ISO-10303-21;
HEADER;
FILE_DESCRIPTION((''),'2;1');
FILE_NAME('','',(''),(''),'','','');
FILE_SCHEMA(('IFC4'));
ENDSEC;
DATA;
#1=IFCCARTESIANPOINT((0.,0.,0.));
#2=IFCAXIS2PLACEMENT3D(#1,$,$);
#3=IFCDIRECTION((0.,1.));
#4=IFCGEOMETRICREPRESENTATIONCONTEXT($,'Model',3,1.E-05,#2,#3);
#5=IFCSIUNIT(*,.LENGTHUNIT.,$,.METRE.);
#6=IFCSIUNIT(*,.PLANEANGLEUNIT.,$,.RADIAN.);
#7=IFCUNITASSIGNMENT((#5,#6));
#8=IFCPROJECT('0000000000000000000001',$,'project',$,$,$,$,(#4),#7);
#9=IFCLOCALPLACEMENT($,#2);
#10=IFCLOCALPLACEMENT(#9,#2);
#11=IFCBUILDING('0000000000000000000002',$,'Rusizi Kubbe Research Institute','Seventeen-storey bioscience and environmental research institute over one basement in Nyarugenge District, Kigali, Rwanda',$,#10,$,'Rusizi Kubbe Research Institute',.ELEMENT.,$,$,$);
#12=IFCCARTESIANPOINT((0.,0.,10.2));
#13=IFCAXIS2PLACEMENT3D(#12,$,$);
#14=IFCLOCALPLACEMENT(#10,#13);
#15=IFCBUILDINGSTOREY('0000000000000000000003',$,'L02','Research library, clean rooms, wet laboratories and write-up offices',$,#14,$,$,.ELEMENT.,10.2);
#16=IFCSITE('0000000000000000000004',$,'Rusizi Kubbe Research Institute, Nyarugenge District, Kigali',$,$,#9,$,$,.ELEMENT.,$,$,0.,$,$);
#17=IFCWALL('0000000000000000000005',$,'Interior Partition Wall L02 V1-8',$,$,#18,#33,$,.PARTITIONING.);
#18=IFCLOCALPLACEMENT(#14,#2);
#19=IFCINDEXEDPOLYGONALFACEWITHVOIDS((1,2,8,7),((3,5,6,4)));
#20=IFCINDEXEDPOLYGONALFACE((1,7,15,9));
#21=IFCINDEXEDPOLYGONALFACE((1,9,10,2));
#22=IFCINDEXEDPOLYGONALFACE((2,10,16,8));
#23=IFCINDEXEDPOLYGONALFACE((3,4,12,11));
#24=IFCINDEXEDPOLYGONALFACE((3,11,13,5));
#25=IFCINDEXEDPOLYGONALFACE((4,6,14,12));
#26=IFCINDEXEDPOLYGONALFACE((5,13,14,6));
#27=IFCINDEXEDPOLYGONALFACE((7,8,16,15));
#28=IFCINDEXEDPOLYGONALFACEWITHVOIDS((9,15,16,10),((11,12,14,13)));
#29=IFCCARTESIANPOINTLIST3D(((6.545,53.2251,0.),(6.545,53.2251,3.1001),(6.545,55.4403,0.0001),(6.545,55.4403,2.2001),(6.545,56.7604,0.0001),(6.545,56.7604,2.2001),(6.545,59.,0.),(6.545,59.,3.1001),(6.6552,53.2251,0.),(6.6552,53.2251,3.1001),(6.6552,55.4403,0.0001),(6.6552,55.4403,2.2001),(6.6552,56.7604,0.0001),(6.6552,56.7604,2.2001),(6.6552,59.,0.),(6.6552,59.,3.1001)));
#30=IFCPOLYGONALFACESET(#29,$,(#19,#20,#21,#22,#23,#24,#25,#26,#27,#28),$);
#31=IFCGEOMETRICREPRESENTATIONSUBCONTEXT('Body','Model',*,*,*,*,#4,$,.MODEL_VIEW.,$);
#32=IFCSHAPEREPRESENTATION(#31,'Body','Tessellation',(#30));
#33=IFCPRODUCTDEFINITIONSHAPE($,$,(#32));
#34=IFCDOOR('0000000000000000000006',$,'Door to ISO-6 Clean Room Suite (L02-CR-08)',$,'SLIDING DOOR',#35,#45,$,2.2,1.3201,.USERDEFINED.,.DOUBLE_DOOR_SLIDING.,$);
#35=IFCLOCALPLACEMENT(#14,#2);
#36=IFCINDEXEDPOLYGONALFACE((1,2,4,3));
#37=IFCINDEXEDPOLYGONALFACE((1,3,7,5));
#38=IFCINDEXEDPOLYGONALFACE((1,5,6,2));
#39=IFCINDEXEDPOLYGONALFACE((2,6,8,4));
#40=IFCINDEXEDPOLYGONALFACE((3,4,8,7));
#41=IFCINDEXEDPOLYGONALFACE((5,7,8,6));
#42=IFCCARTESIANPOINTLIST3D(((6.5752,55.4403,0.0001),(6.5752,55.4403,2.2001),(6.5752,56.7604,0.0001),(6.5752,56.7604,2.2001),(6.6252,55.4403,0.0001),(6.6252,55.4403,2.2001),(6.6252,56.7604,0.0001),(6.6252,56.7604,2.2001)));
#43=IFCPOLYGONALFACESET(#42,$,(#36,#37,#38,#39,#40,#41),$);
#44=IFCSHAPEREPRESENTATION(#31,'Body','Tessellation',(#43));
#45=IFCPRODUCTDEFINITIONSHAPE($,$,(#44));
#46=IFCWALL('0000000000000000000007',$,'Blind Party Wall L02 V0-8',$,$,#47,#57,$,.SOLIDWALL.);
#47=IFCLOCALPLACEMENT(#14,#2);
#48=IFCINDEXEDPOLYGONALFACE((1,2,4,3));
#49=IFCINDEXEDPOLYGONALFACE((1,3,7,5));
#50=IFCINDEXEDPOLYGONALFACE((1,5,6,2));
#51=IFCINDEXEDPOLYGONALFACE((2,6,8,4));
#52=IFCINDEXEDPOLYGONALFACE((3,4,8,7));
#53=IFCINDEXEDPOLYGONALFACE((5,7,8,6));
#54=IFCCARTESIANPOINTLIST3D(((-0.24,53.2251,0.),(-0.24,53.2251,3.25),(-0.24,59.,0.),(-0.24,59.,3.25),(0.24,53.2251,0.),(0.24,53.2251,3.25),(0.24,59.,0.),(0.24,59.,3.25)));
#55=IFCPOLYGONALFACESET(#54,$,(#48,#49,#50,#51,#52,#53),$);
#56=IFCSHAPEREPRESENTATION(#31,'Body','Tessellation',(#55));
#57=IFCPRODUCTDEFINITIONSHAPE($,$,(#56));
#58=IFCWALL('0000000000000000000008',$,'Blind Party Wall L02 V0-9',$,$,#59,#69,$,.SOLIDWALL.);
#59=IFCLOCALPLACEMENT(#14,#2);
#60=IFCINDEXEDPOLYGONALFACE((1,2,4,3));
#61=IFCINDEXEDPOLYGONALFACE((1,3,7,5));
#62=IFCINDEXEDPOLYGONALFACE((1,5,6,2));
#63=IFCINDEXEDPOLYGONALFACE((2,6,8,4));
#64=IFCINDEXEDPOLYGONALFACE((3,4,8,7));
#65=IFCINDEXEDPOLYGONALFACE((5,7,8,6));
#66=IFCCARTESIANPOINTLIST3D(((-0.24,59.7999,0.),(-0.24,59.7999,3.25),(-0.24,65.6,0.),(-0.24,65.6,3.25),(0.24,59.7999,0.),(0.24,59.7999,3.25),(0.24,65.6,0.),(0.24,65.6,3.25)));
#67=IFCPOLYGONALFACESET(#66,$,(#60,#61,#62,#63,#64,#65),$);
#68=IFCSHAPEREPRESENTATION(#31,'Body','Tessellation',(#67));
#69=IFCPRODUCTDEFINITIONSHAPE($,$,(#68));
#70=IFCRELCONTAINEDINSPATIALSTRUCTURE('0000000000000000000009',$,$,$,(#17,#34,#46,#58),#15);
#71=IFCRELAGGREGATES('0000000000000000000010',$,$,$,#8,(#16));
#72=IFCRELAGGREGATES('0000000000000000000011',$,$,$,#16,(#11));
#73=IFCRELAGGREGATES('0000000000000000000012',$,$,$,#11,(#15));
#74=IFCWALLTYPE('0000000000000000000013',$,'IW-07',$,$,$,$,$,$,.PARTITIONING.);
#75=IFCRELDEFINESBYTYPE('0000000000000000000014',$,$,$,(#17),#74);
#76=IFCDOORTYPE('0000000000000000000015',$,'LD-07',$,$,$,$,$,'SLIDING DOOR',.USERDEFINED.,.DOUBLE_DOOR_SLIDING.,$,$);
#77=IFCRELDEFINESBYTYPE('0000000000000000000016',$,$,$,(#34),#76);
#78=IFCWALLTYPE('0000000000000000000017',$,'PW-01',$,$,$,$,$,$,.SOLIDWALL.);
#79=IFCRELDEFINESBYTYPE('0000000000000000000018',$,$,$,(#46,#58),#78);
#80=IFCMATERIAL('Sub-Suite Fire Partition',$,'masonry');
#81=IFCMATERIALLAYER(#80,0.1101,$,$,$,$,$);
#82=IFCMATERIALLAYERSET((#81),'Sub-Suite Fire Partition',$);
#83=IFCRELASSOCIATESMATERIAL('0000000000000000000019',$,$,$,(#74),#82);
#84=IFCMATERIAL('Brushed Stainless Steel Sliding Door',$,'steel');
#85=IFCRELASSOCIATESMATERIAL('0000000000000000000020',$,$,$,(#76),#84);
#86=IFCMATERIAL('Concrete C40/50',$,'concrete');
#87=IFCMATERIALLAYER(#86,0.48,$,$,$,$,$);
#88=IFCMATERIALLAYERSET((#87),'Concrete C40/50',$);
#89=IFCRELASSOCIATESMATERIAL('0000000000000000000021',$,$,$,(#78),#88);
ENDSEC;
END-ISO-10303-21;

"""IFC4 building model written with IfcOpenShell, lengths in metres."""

from ifc_helpers import new_model, si_unit, direction, frame, frame_2d, origin, place, context, subcontext, project, spatial, rectangle, extrude, material, layer, layer_set, type_object, element, fill, save


model = new_model("IFC4")

# Units and contexts
model_context = context("Model", 3, precision=1e-05, world=origin(), true_north=direction((0.0, 1.0)))
body_context = subcontext(model_context, "Body", "Model", "MODEL_VIEW")
ifc_project = project(units=[si_unit("LENGTHUNIT", "METRE"), si_unit("PLANEANGLEUNIT", "RADIAN")], contexts=[model_context])

# Site, building, storey
site_placement = place(None, origin())
site = spatial("IfcSite", under=ifc_project, at=site_placement, Name="Rusizi Kubbe Research Institute, Nyarugenge District, Kigali", CompositionType="ELEMENT", RefElevation=0.0)
building_placement = place(site_placement, origin())
building = spatial("IfcBuilding", under=site, at=building_placement, Name="Rusizi Kubbe Research Institute", Description="Seventeen-storey bioscience and environmental research institute over one basement in Nyarugenge District, Kigali, Rwanda", LongName="Rusizi Kubbe Research Institute", CompositionType="ELEMENT")
storey_placement = place(building_placement, frame((0.0, 0.0, 10.2)))
storey = spatial("IfcBuildingStorey", under=building, at=storey_placement, Name="L02", Description="Research library, clean rooms, wet laboratories and write-up offices", CompositionType="ELEMENT", Elevation=10.2)

# Wall, opening, door
ifc_material_1 = material(Name="Sub-Suite Fire Partition", Category="masonry")
ifc_layer_1 = layer(ifc_material_1, 0.1101)
ifc_layer_set_1 = layer_set([ifc_layer_1], Name="Sub-Suite Fire Partition")
wall_type_1 = type_object("IfcWallType", Name="IW-07", PredefinedType="PARTITIONING", material=ifc_layer_set_1)
wall_1_placement = place(storey_placement, frame((6.6001, 53.2251, 0.0), z_axis=(0.0, 0.0, 1.0), x_axis=(0.0, 1.0, 0.0)))
wall_1 = element("IfcWall", 1, at=wall_1_placement, inside=storey, type_object=wall_type_1, Name="Interior Partition Wall L02 V1-8", PredefinedType="PARTITIONING", context=body_context, shape_type="SweptSolid", body=[
    extrude(rectangle(XDim=5.7749, YDim=0.1101, at=frame_2d((2.8875, 0.0))), origin(), (0.0, 0.0, 1.0), 3.1001),
])
opening_1_placement = place(wall_1_placement, frame((2.2151, 0.0, 0.0)))
opening_1 = element("IfcOpeningElement", 2, at=opening_1_placement, cuts=wall_1, PredefinedType="OPENING", context=body_context, shape_type="SweptSolid", body=[
    extrude(rectangle(XDim=1.3201, YDim=2.2, at=frame_2d((0.6602, 1.1001))), frame((0.0, 0.0649, 0.0), z_axis=(0.0, -1.0, 0.0), x_axis=(1.0, 0.0, 0.0)), (0.0, 0.0, 1.0), 0.1301),
])
ifc_material_2 = material(Name="Brushed Stainless Steel Sliding Door", Category="steel")
door_type_1 = type_object("IfcDoorType", Name="LD-07", ElementType="SLIDING DOOR", OperationType="DOUBLE_DOOR_SLIDING", PredefinedType="USERDEFINED", material=ifc_material_2)
door_1_placement = place(opening_1_placement, origin())
door_1 = element("IfcDoor", 3, at=door_1_placement, inside=storey, type_object=door_type_1, Name="Door to ISO-6 Clean Room Suite (L02-CR-08)", ObjectType="SLIDING DOOR", OperationType="DOUBLE_DOOR_SLIDING", OverallHeight=2.2, OverallWidth=1.3201, PredefinedType="USERDEFINED", context=body_context, shape_type="SweptSolid", body=[
    extrude(rectangle(XDim=1.3201, YDim=2.2, at=frame_2d((0.6602, 1.1001))), frame((0.0, 0.0249, 0.0), z_axis=(0.0, -1.0, 0.0), x_axis=(1.0, 0.0, 0.0)), (0.0, 0.0, 1.0), 0.05),
])
fill(opening_1, door_1)

# Walls
ifc_material_3 = material(Name="Concrete C40/50", Category="concrete")
ifc_layer_2 = layer(ifc_material_3, 0.48)
ifc_layer_set_2 = layer_set([ifc_layer_2], Name="Concrete C40/50")
wall_type_2 = type_object("IfcWallType", Name="PW-01", PredefinedType="SOLIDWALL", material=ifc_layer_set_2)
wall_2_placement = place(storey_placement, frame((0.0, 53.2251, 0.0), z_axis=(0.0, 0.0, 1.0), x_axis=(0.0, 1.0, 0.0)))
element("IfcWall", 4, at=wall_2_placement, inside=storey, type_object=wall_type_2, Name="Blind Party Wall L02 V0-8", PredefinedType="SOLIDWALL", context=body_context, shape_type="SweptSolid", body=[
    extrude(rectangle(XDim=5.7749, YDim=0.48, at=frame_2d((2.8875, 0.0))), origin(), (0.0, 0.0, 1.0), 3.25),
])
wall_3_placement = place(storey_placement, frame((0.0, 59.8, 0.0), z_axis=(0.0, 0.0, 1.0), x_axis=(0.0, 1.0, 0.0)))
element("IfcWall", 5, at=wall_3_placement, inside=storey, type_object=wall_type_2, Name="Blind Party Wall L02 V0-9", PredefinedType="SOLIDWALL", context=body_context, shape_type="SweptSolid", body=[
    extrude(rectangle(XDim=5.8, YDim=0.48, at=frame_2d((2.8999, 0.0))), origin(), (0.0, 0.0, 1.0), 3.25),
])

save(model, "model.ifc")
